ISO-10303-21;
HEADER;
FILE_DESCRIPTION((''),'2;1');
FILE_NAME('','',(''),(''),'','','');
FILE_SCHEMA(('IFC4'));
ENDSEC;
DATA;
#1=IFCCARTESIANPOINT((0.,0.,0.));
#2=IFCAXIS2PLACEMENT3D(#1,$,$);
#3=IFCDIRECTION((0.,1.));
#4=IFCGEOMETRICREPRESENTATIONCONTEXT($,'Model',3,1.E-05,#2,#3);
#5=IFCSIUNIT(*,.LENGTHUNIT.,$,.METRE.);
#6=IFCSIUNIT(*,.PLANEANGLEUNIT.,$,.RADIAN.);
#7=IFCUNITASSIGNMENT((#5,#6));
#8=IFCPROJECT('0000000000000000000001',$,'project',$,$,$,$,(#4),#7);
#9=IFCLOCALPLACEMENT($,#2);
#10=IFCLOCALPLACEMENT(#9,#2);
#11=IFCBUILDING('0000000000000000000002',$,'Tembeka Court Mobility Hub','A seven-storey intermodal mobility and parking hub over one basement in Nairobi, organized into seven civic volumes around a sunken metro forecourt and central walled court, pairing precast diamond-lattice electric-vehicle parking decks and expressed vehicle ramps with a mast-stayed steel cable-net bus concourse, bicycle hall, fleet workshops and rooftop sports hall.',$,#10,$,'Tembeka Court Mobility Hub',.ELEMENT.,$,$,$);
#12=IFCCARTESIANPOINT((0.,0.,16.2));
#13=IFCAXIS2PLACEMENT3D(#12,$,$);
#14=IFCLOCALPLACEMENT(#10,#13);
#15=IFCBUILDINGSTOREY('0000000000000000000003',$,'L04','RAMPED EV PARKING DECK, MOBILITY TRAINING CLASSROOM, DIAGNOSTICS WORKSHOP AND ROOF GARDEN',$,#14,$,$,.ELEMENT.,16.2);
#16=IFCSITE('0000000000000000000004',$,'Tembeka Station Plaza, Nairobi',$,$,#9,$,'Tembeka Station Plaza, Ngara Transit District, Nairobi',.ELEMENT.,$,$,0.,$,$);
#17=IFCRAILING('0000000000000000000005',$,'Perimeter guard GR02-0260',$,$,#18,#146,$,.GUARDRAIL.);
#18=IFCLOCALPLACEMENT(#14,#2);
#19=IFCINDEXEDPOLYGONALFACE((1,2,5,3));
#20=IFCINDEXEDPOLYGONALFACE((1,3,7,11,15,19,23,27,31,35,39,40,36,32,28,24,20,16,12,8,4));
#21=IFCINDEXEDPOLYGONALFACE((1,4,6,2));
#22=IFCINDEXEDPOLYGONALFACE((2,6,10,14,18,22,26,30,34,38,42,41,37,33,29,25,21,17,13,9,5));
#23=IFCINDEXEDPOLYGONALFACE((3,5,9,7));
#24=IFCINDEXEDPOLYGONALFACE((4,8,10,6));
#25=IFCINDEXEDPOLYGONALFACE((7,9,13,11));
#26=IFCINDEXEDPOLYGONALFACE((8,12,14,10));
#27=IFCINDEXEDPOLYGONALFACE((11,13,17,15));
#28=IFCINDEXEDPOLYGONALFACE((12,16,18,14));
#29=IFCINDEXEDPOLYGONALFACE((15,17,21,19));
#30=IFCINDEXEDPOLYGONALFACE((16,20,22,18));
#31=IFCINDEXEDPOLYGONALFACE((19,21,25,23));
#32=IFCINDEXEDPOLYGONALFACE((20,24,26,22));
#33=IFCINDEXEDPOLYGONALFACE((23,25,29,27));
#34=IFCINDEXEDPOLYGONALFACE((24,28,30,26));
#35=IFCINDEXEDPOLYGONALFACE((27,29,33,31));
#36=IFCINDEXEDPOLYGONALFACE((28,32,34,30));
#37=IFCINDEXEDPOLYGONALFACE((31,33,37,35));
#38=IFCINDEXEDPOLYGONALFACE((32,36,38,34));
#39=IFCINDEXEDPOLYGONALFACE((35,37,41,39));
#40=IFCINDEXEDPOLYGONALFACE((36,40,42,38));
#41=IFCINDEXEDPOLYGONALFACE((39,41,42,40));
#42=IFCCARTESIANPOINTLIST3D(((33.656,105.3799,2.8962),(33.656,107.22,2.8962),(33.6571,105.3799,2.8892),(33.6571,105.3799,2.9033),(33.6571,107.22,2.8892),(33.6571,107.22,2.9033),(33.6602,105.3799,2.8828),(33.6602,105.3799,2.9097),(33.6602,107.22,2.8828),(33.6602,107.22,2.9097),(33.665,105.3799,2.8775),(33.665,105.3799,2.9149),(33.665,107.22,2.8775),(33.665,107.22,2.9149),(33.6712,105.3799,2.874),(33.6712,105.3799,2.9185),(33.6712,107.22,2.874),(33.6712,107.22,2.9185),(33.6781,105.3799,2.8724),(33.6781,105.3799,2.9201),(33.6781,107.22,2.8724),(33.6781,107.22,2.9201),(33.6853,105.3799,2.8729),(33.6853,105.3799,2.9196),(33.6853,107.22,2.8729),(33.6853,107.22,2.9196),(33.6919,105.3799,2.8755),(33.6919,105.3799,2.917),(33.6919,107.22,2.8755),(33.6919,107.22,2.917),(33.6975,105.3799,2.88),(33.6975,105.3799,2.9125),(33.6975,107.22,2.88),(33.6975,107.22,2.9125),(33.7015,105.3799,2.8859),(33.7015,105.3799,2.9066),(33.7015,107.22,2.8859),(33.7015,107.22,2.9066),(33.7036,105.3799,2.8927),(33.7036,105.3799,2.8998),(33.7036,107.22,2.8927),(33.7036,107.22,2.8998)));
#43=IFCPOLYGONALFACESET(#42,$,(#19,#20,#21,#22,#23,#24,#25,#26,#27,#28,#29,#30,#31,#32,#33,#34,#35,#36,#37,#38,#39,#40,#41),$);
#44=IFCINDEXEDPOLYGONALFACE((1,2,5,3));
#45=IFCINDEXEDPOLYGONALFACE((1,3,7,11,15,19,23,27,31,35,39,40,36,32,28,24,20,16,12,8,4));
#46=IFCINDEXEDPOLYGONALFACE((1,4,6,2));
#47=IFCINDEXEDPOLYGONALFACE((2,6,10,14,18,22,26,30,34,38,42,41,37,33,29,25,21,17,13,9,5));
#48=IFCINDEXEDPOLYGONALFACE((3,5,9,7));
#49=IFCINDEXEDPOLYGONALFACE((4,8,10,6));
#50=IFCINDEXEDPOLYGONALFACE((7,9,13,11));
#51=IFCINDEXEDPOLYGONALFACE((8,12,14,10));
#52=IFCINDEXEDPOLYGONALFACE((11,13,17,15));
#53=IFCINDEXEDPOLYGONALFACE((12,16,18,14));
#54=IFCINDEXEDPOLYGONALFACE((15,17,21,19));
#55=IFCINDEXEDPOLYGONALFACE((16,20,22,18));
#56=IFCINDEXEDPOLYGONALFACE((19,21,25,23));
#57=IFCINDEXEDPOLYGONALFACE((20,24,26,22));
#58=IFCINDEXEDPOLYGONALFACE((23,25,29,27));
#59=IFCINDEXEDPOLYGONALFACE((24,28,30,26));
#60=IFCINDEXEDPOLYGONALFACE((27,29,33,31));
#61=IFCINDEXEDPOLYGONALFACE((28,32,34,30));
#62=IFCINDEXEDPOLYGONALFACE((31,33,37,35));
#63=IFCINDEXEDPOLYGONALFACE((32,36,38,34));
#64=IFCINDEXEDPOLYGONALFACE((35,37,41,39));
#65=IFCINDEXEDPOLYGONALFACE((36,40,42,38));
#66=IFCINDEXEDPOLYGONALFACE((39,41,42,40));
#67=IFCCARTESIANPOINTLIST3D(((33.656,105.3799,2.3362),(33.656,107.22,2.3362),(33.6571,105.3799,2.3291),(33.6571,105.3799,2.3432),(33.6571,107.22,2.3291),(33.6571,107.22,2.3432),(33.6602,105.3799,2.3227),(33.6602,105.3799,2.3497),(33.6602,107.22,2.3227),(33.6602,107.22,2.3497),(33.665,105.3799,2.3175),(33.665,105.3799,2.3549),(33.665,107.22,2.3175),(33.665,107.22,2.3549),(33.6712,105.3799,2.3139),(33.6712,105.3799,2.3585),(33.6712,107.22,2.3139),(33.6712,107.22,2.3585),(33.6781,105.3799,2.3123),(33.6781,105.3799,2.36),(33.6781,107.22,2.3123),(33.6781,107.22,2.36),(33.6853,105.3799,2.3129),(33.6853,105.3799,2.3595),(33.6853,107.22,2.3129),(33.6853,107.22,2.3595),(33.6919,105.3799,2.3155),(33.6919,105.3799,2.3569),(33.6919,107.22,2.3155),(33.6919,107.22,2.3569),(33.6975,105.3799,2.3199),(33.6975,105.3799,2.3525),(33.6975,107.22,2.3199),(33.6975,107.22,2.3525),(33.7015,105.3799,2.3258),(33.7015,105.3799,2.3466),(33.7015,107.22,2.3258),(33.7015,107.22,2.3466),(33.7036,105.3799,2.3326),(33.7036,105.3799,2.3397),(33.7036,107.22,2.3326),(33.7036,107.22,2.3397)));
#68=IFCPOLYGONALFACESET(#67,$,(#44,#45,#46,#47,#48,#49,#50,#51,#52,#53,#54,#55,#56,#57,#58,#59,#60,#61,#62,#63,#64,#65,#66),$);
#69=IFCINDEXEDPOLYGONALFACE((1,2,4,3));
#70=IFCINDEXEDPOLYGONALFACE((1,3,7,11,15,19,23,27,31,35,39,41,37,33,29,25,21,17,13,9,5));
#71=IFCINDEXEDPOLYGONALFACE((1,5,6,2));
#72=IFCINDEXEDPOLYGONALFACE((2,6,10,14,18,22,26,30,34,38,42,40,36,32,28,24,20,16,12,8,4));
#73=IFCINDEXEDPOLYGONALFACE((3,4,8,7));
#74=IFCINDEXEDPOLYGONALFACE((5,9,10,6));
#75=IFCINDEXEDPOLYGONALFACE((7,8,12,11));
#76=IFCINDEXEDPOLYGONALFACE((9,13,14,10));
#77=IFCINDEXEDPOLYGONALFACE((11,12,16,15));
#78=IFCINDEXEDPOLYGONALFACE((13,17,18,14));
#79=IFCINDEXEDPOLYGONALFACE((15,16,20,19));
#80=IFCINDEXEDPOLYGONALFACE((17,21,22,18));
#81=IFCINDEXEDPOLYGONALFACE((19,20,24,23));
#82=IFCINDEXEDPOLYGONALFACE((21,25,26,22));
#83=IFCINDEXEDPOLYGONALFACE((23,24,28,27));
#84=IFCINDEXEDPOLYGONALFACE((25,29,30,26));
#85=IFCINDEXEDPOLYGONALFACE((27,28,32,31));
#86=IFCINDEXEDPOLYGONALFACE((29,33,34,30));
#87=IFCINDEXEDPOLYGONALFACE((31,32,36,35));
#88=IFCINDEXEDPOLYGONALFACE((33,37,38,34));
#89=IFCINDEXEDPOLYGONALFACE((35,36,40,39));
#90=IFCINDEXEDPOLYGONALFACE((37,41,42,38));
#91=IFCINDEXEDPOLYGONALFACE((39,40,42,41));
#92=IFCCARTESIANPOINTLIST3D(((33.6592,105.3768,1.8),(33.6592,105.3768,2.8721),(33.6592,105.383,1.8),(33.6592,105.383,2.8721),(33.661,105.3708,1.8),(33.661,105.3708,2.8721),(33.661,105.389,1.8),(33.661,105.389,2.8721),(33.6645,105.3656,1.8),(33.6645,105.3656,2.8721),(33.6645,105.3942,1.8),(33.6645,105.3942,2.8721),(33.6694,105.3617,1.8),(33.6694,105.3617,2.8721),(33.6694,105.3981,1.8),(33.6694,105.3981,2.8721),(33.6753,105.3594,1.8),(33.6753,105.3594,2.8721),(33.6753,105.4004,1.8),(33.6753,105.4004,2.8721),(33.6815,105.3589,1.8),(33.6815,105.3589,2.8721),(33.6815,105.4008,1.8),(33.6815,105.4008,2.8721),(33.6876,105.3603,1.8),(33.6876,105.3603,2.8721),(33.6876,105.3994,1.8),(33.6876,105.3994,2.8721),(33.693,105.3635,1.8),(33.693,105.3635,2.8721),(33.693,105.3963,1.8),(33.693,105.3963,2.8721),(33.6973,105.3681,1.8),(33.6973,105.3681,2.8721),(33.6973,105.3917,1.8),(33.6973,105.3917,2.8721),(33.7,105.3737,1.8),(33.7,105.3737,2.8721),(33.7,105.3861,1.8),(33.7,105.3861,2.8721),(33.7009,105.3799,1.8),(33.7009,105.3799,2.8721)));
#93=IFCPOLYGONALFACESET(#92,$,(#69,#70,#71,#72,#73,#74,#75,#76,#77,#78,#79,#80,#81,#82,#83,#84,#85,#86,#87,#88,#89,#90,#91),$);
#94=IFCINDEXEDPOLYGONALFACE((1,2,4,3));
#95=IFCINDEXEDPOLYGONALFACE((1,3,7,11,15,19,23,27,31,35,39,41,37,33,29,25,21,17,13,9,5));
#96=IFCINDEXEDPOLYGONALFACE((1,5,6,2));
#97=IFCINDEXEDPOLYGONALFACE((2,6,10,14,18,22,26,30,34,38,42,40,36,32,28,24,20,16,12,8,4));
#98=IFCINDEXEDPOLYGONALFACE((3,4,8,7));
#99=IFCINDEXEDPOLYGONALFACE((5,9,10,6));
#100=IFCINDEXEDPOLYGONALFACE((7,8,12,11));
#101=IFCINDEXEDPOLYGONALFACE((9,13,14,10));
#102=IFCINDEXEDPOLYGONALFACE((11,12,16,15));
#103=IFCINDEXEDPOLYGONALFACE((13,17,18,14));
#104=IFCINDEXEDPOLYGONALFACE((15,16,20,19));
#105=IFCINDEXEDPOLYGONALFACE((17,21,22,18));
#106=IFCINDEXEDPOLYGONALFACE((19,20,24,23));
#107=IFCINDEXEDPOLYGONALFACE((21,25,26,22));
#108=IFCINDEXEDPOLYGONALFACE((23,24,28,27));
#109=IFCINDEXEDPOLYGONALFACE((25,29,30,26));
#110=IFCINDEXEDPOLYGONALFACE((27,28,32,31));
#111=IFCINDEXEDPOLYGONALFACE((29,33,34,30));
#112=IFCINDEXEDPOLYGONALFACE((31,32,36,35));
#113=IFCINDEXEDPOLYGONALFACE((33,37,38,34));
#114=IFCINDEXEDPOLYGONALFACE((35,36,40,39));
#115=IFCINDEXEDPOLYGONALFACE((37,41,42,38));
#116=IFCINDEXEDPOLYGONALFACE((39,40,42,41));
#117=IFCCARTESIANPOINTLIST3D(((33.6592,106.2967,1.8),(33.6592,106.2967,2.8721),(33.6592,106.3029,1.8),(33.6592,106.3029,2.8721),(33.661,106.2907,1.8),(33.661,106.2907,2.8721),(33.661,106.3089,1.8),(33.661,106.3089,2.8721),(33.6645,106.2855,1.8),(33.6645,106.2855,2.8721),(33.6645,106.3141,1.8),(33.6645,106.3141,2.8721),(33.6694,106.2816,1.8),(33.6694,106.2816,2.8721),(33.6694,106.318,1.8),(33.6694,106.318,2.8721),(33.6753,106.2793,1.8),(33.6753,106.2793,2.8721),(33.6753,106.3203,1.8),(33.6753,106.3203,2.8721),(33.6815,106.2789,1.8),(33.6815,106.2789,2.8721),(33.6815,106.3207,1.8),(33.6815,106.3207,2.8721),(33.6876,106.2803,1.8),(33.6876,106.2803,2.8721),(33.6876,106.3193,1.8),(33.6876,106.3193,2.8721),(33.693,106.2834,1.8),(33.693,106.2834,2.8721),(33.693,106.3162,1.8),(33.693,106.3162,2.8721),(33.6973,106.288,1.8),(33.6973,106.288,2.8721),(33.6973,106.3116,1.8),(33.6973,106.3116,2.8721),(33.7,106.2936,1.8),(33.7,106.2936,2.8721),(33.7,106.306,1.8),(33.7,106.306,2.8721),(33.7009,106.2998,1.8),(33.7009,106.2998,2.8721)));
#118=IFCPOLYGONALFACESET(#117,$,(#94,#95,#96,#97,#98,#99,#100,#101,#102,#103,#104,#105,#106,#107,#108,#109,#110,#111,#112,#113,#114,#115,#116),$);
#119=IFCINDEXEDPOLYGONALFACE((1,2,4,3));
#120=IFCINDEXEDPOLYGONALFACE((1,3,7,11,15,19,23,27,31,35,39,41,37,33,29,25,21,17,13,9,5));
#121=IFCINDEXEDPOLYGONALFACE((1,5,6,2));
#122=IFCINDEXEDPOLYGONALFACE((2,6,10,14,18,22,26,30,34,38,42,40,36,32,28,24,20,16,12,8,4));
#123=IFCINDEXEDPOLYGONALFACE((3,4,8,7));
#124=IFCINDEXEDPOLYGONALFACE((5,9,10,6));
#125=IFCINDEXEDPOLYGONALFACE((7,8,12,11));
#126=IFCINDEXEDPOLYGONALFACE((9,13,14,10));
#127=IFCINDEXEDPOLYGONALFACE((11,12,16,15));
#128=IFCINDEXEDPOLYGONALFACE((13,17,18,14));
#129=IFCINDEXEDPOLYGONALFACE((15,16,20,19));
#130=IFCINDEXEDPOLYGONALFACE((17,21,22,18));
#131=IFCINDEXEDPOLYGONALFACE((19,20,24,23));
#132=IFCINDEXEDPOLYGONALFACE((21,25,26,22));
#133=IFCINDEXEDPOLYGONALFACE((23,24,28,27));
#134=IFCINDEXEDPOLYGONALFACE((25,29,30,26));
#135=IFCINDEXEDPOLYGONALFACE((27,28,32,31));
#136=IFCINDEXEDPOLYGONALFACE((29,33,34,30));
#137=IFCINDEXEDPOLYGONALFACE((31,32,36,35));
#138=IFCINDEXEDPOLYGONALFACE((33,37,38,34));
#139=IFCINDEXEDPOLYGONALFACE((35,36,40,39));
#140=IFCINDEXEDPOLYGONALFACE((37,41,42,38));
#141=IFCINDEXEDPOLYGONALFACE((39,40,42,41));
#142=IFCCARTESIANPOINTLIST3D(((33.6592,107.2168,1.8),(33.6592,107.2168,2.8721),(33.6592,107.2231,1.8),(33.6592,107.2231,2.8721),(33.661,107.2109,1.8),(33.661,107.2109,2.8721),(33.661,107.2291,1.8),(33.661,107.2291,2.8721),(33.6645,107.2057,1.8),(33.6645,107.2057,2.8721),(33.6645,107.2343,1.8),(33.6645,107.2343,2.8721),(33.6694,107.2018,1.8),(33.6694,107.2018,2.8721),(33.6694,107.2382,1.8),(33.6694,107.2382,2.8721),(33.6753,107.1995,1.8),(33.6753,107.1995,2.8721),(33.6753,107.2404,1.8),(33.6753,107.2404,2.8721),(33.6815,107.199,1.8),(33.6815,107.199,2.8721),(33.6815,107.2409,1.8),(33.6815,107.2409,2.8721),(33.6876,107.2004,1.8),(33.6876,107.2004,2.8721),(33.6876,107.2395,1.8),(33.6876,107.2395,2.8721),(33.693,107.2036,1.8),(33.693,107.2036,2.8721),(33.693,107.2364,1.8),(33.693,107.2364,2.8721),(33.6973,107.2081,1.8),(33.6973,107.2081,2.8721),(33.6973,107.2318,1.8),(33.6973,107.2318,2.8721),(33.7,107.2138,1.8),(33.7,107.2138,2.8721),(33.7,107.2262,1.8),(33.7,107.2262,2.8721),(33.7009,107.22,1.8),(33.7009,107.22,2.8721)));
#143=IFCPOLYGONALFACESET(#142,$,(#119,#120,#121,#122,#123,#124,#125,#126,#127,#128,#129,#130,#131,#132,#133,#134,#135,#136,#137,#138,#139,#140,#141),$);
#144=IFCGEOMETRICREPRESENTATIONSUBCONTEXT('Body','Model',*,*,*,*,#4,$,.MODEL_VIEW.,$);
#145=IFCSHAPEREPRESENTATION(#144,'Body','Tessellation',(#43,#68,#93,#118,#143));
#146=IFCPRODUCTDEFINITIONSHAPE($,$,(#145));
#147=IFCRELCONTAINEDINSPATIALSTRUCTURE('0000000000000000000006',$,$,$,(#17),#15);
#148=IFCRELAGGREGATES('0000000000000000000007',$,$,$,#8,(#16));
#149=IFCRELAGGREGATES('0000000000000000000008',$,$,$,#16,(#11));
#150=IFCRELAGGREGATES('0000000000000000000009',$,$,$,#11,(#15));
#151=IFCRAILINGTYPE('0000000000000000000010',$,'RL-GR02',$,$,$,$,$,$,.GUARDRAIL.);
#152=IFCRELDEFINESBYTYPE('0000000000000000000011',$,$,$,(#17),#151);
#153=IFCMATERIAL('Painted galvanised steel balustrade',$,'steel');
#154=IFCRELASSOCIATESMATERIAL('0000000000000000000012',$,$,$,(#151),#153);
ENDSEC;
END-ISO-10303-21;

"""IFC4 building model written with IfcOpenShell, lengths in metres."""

from ifc_helpers import new_model, si_unit, direction, frame, origin, origin_2d, place, context, subcontext, project, spatial, circle, extrude, material, type_object, element, save


model = new_model("IFC4")

# Units and contexts
model_context = context("Model", 3, precision=1e-05, world=origin(), true_north=direction((0.0, 1.0)))
body_context = subcontext(model_context, "Body", "Model", "MODEL_VIEW")
ifc_project = project(units=[si_unit("LENGTHUNIT", "METRE"), si_unit("PLANEANGLEUNIT", "RADIAN")], contexts=[model_context])

# Site, building, storey
site_placement = place(None, origin())
site = spatial("IfcSite", under=ifc_project, at=site_placement, Name="Tembeka Station Plaza, Nairobi", LongName="Tembeka Station Plaza, Ngara Transit District, Nairobi", CompositionType="ELEMENT", RefElevation=0.0)
building_placement = place(site_placement, origin())
building = spatial("IfcBuilding", under=site, at=building_placement, Name="Tembeka Court Mobility Hub", Description="A seven-storey intermodal mobility and parking hub over one basement in Nairobi, organized into seven civic volumes around a sunken metro forecourt and central walled court, pairing precast diamond-lattice electric-vehicle parking decks and expressed vehicle ramps with a mast-stayed steel cable-net bus concourse, bicycle hall, fleet workshops and rooftop sports hall.", LongName="Tembeka Court Mobility Hub", CompositionType="ELEMENT")
storey_placement = place(building_placement, frame((0.0, 0.0, 16.2)))
storey = spatial("IfcBuildingStorey", under=building, at=storey_placement, Name="L04", Description="RAMPED EV PARKING DECK, MOBILITY TRAINING CLASSROOM, DIAGNOSTICS WORKSHOP AND ROOF GARDEN", CompositionType="ELEMENT", Elevation=16.2)

# Railing
ifc_material_1 = material(Name="Painted galvanised steel balustrade", Category="steel")
railing_type = type_object("IfcRailingType", Name="RL-GR02", PredefinedType="GUARDRAIL", material=ifc_material_1)
railing_1_placement = place(storey_placement, frame((33.6799, 105.3799, 1.8)))
element("IfcRailing", 1, at=railing_1_placement, inside=storey, type_object=railing_type, Name="Perimeter guard GR02-0260", PredefinedType="GUARDRAIL", context=body_context, shape_type="SweptSolid", body=[
    extrude(circle(Radius=0.0239, at=origin_2d()), frame((0.0, 0.0, 1.0962), z_axis=(0.0, 1.0, 0.0), x_axis=(-1.0, 0.0, 0.0)), (0.0, 0.0, 1.0), 1.8401),
    extrude(circle(Radius=0.0239, at=origin_2d()), frame((0.0, 0.0, 0.5361), z_axis=(0.0, 1.0, 0.0), x_axis=(-1.0, 0.0, 0.0)), (0.0, 0.0, 1.0), 1.8401),
    extrude(circle(Radius=0.021, at=origin_2d()), origin(), (0.0, 0.0, 1.0), 1.072),
    extrude(circle(Radius=0.021, at=origin_2d()), frame((0.0, 0.9199, 0.0)), (0.0, 0.0, 1.0), 1.072),
    extrude(circle(Radius=0.021, at=origin_2d()), frame((0.0, 1.8401, 0.0)), (0.0, 0.0, 1.0), 1.072),
])

save(model, "model.ifc")
